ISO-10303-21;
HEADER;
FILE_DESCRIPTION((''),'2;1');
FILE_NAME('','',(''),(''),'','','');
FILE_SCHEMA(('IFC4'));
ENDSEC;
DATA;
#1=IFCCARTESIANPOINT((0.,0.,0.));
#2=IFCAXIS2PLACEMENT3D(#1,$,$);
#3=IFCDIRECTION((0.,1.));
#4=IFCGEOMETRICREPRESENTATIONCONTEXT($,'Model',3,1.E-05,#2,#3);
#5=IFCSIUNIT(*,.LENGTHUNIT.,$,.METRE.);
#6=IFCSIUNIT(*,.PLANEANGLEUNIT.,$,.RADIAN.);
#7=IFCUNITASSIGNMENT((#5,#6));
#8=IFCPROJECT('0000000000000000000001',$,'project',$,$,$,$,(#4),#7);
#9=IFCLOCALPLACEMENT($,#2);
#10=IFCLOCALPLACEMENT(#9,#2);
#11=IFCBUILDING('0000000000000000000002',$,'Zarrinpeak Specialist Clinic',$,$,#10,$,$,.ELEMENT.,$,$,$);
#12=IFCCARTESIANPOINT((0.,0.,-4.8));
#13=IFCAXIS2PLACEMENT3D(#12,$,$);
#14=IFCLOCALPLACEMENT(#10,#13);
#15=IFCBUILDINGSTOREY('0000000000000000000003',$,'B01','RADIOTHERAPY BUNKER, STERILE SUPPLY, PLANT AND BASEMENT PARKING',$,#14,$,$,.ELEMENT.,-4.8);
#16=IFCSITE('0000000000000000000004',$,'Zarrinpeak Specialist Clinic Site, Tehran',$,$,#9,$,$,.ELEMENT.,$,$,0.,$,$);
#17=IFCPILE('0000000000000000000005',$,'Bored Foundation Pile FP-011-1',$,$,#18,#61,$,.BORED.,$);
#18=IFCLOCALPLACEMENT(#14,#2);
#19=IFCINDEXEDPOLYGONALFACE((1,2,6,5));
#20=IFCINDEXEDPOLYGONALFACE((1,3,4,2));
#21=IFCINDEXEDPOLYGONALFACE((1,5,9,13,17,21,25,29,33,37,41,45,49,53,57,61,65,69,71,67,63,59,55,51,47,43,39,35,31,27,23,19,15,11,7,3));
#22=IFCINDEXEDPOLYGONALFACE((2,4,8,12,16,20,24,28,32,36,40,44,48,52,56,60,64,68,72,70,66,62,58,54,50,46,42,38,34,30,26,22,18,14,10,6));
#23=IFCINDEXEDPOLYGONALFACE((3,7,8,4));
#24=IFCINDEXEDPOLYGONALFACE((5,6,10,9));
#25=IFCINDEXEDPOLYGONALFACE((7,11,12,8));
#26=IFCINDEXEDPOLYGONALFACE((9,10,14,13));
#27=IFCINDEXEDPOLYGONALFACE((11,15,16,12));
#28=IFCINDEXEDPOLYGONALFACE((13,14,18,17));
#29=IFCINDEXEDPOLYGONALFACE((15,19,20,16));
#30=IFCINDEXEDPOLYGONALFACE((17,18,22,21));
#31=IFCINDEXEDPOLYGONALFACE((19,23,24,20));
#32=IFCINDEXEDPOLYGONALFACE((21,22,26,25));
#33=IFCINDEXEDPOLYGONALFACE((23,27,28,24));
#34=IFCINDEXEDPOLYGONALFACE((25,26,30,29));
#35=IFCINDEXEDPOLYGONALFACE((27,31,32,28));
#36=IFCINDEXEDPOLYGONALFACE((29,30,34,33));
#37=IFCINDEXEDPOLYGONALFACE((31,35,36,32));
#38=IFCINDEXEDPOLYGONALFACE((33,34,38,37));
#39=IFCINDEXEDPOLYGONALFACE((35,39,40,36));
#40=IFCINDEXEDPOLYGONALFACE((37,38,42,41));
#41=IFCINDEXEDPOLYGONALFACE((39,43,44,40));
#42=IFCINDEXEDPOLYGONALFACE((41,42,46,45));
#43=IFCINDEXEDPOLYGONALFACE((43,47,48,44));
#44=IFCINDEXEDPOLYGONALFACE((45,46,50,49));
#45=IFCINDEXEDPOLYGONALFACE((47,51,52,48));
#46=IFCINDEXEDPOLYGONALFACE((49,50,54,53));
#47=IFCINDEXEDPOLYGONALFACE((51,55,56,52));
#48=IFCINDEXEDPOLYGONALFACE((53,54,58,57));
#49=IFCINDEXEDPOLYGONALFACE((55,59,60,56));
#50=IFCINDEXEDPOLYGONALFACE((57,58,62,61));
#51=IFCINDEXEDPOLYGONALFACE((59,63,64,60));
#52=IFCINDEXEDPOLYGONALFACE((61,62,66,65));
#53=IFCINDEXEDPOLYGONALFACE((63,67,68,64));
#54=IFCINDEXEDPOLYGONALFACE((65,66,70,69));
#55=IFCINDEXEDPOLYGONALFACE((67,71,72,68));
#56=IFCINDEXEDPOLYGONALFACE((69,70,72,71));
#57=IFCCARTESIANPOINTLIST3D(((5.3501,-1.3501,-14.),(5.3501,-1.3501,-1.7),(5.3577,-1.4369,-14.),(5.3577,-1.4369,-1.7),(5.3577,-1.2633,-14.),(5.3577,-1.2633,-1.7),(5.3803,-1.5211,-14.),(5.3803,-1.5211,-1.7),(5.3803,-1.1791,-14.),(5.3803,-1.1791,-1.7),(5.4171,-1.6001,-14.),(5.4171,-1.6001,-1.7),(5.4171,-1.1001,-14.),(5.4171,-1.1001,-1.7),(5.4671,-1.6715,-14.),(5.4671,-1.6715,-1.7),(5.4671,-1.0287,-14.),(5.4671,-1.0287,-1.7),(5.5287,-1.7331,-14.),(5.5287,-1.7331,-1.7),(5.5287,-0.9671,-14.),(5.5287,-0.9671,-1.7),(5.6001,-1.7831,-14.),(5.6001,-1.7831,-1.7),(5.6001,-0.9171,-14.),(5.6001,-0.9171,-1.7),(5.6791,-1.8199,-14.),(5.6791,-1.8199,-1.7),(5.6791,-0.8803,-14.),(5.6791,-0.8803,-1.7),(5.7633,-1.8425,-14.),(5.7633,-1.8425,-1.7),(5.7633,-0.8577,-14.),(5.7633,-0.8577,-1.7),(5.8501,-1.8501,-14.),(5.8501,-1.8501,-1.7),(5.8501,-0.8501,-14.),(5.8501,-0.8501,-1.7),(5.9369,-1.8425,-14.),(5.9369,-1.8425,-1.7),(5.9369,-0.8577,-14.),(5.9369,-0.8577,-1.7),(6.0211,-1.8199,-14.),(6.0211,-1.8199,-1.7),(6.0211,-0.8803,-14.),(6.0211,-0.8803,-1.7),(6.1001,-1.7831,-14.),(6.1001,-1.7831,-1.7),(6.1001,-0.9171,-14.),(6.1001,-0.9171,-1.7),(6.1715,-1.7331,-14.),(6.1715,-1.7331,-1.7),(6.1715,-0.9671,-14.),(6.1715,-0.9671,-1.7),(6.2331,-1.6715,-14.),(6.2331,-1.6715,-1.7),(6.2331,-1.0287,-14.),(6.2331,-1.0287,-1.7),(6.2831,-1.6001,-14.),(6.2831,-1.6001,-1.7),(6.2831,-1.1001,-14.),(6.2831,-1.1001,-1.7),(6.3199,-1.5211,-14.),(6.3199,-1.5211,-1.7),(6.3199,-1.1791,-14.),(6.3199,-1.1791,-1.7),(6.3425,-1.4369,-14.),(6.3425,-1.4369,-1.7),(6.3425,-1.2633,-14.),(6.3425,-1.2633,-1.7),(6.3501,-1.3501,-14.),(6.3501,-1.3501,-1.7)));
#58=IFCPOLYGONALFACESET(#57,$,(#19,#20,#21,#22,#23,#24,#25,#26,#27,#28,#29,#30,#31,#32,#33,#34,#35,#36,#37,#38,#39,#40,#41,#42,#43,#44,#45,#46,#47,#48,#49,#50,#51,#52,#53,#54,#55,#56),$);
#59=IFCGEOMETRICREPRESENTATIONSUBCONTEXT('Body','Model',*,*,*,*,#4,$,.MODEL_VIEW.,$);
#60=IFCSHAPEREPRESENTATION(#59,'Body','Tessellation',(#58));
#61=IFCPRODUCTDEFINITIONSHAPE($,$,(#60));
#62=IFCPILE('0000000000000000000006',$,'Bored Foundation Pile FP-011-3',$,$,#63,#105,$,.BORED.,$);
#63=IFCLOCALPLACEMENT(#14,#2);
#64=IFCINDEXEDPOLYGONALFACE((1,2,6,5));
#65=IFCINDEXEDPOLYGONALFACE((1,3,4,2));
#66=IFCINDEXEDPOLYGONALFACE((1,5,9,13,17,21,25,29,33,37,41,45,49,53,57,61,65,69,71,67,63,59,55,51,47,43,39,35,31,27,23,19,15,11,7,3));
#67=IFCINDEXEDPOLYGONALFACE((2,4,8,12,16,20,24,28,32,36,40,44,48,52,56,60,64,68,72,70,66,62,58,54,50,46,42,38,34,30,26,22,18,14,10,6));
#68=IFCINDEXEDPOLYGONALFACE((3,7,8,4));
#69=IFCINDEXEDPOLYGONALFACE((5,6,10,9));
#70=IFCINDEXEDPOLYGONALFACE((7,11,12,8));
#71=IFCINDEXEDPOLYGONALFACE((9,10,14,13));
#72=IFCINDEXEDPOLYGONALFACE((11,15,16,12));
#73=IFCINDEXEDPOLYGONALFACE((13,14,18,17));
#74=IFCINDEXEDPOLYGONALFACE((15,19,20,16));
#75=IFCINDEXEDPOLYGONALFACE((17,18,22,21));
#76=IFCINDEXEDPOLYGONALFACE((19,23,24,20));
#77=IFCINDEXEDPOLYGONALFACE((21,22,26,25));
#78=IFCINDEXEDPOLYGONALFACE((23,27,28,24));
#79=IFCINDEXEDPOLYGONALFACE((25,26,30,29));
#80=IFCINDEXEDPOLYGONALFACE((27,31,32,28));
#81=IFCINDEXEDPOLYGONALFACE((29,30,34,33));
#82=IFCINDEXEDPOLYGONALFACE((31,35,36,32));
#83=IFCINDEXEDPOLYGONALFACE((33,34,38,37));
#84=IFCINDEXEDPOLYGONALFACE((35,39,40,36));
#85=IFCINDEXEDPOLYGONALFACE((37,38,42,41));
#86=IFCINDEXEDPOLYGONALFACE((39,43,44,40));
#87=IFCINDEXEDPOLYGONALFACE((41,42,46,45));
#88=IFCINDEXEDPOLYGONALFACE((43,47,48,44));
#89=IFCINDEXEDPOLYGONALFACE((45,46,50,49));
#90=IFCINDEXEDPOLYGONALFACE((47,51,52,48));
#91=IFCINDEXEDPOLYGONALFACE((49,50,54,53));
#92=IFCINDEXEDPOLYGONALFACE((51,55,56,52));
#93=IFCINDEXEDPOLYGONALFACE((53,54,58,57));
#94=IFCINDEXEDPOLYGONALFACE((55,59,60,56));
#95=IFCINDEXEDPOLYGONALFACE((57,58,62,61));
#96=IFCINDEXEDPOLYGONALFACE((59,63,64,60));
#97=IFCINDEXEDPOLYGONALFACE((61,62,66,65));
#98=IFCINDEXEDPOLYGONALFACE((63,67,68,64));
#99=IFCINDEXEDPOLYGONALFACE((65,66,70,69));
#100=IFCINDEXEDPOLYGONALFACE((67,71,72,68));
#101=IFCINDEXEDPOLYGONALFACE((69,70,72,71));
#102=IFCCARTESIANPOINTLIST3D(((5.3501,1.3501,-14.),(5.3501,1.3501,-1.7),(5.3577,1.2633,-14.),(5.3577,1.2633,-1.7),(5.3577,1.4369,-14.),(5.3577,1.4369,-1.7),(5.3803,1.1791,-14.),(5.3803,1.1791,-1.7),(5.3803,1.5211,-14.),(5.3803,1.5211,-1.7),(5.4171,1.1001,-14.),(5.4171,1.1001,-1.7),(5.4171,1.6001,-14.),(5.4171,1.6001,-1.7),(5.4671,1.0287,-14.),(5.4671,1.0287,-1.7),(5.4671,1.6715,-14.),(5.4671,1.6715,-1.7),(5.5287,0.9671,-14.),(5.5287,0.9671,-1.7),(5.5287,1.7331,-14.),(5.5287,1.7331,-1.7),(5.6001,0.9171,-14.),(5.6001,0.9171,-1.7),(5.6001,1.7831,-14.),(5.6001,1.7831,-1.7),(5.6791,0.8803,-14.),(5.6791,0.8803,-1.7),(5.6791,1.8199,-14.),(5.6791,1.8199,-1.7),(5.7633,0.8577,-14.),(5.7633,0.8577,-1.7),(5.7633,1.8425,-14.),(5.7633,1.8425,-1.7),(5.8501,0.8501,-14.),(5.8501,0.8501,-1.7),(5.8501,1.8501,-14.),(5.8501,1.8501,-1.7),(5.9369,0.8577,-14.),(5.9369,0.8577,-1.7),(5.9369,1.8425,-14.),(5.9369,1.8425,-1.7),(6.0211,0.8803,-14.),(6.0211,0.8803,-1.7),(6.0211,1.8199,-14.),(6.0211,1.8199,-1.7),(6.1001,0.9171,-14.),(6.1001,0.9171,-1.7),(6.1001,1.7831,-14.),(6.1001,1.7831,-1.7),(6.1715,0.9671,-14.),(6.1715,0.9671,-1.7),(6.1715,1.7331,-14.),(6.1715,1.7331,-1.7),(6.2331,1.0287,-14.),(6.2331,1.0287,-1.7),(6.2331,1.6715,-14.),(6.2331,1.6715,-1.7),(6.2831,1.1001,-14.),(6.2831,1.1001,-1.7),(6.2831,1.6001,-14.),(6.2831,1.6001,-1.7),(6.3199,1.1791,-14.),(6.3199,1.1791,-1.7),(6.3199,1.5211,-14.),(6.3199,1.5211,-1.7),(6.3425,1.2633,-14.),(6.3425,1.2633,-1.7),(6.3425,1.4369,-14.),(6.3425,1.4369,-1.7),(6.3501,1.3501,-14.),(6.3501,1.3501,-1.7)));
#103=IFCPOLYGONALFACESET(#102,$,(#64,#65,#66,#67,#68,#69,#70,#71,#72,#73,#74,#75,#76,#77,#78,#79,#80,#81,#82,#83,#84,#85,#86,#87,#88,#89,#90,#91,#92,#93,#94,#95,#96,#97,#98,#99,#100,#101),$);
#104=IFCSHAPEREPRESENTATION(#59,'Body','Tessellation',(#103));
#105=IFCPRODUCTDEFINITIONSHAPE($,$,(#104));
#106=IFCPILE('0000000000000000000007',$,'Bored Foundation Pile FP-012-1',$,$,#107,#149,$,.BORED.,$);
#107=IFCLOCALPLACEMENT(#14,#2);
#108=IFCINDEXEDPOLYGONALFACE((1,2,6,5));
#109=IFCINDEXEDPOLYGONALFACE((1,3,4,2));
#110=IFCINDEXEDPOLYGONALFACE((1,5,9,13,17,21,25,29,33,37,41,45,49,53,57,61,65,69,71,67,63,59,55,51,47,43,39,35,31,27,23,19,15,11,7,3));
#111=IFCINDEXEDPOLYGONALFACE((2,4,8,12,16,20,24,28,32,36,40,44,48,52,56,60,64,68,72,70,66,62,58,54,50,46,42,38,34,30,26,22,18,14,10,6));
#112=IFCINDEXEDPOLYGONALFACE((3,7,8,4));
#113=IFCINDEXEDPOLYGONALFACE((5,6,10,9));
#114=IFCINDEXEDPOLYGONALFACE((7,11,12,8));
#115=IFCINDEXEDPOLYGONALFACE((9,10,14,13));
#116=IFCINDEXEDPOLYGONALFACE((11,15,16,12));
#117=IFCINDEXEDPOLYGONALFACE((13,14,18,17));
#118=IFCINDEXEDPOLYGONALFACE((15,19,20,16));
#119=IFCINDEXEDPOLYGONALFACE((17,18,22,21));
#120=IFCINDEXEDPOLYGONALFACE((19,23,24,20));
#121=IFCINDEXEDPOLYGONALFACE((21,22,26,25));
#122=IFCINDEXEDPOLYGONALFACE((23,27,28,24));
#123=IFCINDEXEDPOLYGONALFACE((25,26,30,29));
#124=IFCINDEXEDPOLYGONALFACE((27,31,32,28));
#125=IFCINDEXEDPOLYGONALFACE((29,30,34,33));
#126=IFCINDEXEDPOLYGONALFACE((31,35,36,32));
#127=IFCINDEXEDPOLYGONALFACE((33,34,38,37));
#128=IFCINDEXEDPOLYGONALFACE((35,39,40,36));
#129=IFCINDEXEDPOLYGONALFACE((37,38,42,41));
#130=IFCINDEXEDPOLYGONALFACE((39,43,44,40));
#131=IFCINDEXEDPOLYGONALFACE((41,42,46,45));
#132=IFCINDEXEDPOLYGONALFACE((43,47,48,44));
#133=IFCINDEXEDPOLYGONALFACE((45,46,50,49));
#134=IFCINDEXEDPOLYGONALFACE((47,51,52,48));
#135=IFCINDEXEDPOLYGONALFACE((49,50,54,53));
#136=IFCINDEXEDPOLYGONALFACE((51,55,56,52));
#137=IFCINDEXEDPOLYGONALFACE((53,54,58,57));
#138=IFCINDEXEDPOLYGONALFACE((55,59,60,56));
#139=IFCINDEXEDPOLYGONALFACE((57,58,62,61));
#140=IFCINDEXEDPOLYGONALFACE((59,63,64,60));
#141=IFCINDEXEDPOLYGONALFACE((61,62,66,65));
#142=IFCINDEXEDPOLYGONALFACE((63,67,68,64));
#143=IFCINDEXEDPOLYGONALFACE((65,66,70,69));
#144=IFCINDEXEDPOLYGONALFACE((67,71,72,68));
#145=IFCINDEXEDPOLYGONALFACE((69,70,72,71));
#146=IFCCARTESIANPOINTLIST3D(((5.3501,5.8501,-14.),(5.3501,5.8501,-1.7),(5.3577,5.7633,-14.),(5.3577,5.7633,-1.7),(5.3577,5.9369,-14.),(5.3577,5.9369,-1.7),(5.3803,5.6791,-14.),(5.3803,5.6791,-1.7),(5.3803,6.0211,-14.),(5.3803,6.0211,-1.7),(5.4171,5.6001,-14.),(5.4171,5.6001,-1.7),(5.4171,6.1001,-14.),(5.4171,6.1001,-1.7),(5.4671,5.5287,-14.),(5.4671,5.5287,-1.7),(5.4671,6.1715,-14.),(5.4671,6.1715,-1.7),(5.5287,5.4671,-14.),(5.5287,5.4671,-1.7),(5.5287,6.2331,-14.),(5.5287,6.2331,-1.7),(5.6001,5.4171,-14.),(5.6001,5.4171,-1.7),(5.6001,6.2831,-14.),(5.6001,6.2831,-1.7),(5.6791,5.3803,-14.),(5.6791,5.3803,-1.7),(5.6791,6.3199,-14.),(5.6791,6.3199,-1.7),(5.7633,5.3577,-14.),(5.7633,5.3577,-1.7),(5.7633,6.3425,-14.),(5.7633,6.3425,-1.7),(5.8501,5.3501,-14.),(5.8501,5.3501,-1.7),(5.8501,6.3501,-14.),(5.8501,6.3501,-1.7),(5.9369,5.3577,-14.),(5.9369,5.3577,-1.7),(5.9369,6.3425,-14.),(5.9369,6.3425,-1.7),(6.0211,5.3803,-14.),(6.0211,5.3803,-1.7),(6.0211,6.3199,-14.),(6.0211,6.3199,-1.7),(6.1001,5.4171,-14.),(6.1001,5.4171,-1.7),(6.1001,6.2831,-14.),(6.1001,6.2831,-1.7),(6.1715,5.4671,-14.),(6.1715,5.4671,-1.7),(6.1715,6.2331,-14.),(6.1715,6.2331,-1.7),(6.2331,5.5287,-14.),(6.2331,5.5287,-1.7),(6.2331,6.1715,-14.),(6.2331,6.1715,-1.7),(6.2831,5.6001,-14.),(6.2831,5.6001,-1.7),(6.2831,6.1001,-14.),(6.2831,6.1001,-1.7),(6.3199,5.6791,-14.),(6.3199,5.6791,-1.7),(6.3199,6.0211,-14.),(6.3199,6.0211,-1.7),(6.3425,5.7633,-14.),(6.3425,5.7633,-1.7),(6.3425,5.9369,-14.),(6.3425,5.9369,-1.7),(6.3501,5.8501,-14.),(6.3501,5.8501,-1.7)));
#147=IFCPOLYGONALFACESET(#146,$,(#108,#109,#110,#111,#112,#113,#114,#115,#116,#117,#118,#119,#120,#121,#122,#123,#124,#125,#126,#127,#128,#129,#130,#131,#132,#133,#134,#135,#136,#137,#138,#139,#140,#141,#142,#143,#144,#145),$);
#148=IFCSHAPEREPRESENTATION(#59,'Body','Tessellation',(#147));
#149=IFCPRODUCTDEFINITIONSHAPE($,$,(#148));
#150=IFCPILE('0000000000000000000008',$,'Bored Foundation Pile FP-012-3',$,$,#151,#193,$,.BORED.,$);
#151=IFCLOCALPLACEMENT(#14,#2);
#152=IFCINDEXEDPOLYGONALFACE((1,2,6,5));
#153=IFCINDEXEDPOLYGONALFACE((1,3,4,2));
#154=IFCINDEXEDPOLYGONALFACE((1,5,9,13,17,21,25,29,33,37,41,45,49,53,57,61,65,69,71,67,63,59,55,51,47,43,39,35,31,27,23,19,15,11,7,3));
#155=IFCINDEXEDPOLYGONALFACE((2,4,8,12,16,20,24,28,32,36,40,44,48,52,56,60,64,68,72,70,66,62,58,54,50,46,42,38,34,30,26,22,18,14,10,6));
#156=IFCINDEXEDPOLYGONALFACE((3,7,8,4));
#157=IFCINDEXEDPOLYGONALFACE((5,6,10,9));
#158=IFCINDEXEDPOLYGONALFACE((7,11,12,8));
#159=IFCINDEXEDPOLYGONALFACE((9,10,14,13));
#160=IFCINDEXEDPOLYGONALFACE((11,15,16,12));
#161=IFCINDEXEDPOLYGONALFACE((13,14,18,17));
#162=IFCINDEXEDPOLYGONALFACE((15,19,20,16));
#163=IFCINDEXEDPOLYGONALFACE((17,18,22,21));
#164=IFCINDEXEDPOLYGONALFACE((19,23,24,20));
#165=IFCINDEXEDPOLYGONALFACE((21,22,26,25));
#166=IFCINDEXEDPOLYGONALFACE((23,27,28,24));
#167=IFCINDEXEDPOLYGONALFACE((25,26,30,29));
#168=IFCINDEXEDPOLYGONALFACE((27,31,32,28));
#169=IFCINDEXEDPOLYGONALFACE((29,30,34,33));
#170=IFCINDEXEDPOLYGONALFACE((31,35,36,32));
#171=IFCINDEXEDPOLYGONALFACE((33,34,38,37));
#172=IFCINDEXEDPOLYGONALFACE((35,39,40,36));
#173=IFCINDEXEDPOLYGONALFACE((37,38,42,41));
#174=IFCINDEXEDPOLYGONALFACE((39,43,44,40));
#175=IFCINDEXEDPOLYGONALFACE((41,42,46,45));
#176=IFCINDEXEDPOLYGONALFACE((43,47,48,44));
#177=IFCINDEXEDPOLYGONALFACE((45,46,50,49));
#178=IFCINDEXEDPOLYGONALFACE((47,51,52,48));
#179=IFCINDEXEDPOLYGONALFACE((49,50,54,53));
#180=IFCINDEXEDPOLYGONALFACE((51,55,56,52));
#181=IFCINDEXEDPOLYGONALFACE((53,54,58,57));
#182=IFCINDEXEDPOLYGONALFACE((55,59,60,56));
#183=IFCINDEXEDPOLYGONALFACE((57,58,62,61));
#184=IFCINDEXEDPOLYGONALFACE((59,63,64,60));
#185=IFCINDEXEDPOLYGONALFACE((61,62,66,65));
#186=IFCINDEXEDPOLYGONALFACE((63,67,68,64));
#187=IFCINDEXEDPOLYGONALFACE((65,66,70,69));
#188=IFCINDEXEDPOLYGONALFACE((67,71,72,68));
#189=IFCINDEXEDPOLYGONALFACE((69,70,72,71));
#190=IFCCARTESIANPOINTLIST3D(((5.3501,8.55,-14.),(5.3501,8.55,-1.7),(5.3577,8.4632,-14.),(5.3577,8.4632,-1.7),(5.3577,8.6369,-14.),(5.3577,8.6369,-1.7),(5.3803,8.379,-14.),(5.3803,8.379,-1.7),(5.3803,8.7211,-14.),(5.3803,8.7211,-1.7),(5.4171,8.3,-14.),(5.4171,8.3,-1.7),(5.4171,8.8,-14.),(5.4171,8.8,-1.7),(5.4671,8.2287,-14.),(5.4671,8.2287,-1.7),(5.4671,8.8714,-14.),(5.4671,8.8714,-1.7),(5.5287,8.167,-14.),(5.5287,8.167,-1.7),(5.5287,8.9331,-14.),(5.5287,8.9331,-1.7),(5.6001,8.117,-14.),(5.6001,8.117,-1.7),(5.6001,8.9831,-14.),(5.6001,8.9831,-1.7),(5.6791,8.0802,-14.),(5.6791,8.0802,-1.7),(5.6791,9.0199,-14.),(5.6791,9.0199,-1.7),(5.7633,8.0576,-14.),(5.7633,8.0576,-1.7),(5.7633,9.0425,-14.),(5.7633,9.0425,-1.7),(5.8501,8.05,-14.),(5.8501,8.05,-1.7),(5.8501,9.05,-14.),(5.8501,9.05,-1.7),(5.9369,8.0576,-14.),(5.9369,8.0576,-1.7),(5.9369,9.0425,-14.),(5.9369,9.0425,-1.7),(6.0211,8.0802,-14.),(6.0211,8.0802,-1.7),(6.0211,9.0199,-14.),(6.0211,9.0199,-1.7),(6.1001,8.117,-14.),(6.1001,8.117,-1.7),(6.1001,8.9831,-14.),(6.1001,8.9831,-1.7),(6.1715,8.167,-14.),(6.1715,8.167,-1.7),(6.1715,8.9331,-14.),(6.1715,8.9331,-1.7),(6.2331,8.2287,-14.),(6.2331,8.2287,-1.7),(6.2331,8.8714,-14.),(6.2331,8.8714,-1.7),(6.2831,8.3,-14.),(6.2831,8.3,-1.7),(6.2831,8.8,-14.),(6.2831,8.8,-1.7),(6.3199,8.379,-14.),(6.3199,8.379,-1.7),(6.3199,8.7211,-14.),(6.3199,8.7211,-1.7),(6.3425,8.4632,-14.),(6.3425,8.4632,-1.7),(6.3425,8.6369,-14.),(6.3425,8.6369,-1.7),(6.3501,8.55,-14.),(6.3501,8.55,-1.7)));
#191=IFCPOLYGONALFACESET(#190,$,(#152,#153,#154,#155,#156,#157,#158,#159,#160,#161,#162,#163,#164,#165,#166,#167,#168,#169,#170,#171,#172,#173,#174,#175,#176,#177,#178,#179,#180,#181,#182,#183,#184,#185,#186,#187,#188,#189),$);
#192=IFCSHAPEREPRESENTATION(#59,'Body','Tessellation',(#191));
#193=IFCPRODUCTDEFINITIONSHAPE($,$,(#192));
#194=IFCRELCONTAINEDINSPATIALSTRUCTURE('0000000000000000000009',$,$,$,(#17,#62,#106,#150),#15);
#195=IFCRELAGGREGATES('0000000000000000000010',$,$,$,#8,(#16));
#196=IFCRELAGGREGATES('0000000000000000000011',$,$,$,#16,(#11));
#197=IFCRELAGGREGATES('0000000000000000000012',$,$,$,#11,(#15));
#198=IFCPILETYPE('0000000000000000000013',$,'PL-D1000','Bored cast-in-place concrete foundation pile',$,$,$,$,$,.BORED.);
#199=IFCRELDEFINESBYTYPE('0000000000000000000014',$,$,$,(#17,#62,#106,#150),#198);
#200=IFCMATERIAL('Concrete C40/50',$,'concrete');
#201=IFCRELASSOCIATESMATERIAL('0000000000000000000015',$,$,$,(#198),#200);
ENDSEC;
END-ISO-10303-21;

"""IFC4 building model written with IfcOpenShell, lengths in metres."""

from ifc_helpers import new_model, si_unit, direction, frame, origin, origin_2d, place, context, subcontext, project, spatial, circle, extrude, material, material_profile, profile_set, type_object, element, save


model = new_model("IFC4")

# Units and contexts
model_context = context("Model", 3, precision=1e-05, world=origin(), true_north=direction((0.0, 1.0)))
body_context = subcontext(model_context, "Body", "Model", "MODEL_VIEW")
ifc_project = project(units=[si_unit("LENGTHUNIT", "METRE"), si_unit("PLANEANGLEUNIT", "RADIAN")], contexts=[model_context])

# Site, building, storey
site_placement = place(None, origin())
site = spatial("IfcSite", under=ifc_project, at=site_placement, Name="Zarrinpeak Specialist Clinic Site, Tehran", CompositionType="ELEMENT", RefElevation=0.0)
building_placement = place(site_placement, origin())
building = spatial("IfcBuilding", under=site, at=building_placement, Name="Zarrinpeak Specialist Clinic", CompositionType="ELEMENT")
storey_placement = place(building_placement, frame((0.0, 0.0, -4.8)))
storey = spatial("IfcBuildingStorey", under=building, at=storey_placement, Name="B01", Description="RADIOTHERAPY BUNKER, STERILE SUPPLY, PLANT AND BASEMENT PARKING", CompositionType="ELEMENT", Elevation=-4.8)

# Shared definitions
ifc_material_1 = material(Name="Concrete C40/50", Category="concrete")

# Piles
ifc_material_profile_1 = material_profile(ifc_material_1, circle(Radius=0.5, at=origin_2d()), Name="BORED PILE D1000")
ifc_profile_set_1 = profile_set([ifc_material_profile_1], Name="Concrete C40/50")
pile_type = type_object("IfcPileType", Name="PL-D1000", Description="Bored cast-in-place concrete foundation pile", PredefinedType="BORED", material=ifc_profile_set_1)
for number, where, z_axis, x_axis, name in (
    (1, (5.8501, -1.3501, -1.7), (0.0, 0.0, -1.0), (1.0, 0.0, 0.0), "Bored Foundation Pile FP-011-1"),
    (2, (5.8501, 1.3501, -1.7), (0.0, 0.0, -1.0), (1.0, 0.0, 0.0), "Bored Foundation Pile FP-011-3"),
    (3, (5.8501, 5.8501, -1.7), (0.0, 0.0, -1.0), (1.0, 0.0, 0.0), "Bored Foundation Pile FP-012-1"),
    (4, (5.8501, 8.55, -1.7), (0.0, 0.0, -1.0), (1.0, 0.0, 0.0), "Bored Foundation Pile FP-012-3"),
):
    element("IfcPile", number, at=place(storey_placement, frame(where, z_axis=z_axis, x_axis=x_axis)), inside=storey, type_object=pile_type, Name=name, PredefinedType="BORED", context=body_context, shape_type="SweptSolid", body=[
        extrude(circle(Radius=0.5, at=origin_2d()), origin(), (0.0, 0.0, 1.0), 12.3),
    ])

save(model, "model.ifc")
